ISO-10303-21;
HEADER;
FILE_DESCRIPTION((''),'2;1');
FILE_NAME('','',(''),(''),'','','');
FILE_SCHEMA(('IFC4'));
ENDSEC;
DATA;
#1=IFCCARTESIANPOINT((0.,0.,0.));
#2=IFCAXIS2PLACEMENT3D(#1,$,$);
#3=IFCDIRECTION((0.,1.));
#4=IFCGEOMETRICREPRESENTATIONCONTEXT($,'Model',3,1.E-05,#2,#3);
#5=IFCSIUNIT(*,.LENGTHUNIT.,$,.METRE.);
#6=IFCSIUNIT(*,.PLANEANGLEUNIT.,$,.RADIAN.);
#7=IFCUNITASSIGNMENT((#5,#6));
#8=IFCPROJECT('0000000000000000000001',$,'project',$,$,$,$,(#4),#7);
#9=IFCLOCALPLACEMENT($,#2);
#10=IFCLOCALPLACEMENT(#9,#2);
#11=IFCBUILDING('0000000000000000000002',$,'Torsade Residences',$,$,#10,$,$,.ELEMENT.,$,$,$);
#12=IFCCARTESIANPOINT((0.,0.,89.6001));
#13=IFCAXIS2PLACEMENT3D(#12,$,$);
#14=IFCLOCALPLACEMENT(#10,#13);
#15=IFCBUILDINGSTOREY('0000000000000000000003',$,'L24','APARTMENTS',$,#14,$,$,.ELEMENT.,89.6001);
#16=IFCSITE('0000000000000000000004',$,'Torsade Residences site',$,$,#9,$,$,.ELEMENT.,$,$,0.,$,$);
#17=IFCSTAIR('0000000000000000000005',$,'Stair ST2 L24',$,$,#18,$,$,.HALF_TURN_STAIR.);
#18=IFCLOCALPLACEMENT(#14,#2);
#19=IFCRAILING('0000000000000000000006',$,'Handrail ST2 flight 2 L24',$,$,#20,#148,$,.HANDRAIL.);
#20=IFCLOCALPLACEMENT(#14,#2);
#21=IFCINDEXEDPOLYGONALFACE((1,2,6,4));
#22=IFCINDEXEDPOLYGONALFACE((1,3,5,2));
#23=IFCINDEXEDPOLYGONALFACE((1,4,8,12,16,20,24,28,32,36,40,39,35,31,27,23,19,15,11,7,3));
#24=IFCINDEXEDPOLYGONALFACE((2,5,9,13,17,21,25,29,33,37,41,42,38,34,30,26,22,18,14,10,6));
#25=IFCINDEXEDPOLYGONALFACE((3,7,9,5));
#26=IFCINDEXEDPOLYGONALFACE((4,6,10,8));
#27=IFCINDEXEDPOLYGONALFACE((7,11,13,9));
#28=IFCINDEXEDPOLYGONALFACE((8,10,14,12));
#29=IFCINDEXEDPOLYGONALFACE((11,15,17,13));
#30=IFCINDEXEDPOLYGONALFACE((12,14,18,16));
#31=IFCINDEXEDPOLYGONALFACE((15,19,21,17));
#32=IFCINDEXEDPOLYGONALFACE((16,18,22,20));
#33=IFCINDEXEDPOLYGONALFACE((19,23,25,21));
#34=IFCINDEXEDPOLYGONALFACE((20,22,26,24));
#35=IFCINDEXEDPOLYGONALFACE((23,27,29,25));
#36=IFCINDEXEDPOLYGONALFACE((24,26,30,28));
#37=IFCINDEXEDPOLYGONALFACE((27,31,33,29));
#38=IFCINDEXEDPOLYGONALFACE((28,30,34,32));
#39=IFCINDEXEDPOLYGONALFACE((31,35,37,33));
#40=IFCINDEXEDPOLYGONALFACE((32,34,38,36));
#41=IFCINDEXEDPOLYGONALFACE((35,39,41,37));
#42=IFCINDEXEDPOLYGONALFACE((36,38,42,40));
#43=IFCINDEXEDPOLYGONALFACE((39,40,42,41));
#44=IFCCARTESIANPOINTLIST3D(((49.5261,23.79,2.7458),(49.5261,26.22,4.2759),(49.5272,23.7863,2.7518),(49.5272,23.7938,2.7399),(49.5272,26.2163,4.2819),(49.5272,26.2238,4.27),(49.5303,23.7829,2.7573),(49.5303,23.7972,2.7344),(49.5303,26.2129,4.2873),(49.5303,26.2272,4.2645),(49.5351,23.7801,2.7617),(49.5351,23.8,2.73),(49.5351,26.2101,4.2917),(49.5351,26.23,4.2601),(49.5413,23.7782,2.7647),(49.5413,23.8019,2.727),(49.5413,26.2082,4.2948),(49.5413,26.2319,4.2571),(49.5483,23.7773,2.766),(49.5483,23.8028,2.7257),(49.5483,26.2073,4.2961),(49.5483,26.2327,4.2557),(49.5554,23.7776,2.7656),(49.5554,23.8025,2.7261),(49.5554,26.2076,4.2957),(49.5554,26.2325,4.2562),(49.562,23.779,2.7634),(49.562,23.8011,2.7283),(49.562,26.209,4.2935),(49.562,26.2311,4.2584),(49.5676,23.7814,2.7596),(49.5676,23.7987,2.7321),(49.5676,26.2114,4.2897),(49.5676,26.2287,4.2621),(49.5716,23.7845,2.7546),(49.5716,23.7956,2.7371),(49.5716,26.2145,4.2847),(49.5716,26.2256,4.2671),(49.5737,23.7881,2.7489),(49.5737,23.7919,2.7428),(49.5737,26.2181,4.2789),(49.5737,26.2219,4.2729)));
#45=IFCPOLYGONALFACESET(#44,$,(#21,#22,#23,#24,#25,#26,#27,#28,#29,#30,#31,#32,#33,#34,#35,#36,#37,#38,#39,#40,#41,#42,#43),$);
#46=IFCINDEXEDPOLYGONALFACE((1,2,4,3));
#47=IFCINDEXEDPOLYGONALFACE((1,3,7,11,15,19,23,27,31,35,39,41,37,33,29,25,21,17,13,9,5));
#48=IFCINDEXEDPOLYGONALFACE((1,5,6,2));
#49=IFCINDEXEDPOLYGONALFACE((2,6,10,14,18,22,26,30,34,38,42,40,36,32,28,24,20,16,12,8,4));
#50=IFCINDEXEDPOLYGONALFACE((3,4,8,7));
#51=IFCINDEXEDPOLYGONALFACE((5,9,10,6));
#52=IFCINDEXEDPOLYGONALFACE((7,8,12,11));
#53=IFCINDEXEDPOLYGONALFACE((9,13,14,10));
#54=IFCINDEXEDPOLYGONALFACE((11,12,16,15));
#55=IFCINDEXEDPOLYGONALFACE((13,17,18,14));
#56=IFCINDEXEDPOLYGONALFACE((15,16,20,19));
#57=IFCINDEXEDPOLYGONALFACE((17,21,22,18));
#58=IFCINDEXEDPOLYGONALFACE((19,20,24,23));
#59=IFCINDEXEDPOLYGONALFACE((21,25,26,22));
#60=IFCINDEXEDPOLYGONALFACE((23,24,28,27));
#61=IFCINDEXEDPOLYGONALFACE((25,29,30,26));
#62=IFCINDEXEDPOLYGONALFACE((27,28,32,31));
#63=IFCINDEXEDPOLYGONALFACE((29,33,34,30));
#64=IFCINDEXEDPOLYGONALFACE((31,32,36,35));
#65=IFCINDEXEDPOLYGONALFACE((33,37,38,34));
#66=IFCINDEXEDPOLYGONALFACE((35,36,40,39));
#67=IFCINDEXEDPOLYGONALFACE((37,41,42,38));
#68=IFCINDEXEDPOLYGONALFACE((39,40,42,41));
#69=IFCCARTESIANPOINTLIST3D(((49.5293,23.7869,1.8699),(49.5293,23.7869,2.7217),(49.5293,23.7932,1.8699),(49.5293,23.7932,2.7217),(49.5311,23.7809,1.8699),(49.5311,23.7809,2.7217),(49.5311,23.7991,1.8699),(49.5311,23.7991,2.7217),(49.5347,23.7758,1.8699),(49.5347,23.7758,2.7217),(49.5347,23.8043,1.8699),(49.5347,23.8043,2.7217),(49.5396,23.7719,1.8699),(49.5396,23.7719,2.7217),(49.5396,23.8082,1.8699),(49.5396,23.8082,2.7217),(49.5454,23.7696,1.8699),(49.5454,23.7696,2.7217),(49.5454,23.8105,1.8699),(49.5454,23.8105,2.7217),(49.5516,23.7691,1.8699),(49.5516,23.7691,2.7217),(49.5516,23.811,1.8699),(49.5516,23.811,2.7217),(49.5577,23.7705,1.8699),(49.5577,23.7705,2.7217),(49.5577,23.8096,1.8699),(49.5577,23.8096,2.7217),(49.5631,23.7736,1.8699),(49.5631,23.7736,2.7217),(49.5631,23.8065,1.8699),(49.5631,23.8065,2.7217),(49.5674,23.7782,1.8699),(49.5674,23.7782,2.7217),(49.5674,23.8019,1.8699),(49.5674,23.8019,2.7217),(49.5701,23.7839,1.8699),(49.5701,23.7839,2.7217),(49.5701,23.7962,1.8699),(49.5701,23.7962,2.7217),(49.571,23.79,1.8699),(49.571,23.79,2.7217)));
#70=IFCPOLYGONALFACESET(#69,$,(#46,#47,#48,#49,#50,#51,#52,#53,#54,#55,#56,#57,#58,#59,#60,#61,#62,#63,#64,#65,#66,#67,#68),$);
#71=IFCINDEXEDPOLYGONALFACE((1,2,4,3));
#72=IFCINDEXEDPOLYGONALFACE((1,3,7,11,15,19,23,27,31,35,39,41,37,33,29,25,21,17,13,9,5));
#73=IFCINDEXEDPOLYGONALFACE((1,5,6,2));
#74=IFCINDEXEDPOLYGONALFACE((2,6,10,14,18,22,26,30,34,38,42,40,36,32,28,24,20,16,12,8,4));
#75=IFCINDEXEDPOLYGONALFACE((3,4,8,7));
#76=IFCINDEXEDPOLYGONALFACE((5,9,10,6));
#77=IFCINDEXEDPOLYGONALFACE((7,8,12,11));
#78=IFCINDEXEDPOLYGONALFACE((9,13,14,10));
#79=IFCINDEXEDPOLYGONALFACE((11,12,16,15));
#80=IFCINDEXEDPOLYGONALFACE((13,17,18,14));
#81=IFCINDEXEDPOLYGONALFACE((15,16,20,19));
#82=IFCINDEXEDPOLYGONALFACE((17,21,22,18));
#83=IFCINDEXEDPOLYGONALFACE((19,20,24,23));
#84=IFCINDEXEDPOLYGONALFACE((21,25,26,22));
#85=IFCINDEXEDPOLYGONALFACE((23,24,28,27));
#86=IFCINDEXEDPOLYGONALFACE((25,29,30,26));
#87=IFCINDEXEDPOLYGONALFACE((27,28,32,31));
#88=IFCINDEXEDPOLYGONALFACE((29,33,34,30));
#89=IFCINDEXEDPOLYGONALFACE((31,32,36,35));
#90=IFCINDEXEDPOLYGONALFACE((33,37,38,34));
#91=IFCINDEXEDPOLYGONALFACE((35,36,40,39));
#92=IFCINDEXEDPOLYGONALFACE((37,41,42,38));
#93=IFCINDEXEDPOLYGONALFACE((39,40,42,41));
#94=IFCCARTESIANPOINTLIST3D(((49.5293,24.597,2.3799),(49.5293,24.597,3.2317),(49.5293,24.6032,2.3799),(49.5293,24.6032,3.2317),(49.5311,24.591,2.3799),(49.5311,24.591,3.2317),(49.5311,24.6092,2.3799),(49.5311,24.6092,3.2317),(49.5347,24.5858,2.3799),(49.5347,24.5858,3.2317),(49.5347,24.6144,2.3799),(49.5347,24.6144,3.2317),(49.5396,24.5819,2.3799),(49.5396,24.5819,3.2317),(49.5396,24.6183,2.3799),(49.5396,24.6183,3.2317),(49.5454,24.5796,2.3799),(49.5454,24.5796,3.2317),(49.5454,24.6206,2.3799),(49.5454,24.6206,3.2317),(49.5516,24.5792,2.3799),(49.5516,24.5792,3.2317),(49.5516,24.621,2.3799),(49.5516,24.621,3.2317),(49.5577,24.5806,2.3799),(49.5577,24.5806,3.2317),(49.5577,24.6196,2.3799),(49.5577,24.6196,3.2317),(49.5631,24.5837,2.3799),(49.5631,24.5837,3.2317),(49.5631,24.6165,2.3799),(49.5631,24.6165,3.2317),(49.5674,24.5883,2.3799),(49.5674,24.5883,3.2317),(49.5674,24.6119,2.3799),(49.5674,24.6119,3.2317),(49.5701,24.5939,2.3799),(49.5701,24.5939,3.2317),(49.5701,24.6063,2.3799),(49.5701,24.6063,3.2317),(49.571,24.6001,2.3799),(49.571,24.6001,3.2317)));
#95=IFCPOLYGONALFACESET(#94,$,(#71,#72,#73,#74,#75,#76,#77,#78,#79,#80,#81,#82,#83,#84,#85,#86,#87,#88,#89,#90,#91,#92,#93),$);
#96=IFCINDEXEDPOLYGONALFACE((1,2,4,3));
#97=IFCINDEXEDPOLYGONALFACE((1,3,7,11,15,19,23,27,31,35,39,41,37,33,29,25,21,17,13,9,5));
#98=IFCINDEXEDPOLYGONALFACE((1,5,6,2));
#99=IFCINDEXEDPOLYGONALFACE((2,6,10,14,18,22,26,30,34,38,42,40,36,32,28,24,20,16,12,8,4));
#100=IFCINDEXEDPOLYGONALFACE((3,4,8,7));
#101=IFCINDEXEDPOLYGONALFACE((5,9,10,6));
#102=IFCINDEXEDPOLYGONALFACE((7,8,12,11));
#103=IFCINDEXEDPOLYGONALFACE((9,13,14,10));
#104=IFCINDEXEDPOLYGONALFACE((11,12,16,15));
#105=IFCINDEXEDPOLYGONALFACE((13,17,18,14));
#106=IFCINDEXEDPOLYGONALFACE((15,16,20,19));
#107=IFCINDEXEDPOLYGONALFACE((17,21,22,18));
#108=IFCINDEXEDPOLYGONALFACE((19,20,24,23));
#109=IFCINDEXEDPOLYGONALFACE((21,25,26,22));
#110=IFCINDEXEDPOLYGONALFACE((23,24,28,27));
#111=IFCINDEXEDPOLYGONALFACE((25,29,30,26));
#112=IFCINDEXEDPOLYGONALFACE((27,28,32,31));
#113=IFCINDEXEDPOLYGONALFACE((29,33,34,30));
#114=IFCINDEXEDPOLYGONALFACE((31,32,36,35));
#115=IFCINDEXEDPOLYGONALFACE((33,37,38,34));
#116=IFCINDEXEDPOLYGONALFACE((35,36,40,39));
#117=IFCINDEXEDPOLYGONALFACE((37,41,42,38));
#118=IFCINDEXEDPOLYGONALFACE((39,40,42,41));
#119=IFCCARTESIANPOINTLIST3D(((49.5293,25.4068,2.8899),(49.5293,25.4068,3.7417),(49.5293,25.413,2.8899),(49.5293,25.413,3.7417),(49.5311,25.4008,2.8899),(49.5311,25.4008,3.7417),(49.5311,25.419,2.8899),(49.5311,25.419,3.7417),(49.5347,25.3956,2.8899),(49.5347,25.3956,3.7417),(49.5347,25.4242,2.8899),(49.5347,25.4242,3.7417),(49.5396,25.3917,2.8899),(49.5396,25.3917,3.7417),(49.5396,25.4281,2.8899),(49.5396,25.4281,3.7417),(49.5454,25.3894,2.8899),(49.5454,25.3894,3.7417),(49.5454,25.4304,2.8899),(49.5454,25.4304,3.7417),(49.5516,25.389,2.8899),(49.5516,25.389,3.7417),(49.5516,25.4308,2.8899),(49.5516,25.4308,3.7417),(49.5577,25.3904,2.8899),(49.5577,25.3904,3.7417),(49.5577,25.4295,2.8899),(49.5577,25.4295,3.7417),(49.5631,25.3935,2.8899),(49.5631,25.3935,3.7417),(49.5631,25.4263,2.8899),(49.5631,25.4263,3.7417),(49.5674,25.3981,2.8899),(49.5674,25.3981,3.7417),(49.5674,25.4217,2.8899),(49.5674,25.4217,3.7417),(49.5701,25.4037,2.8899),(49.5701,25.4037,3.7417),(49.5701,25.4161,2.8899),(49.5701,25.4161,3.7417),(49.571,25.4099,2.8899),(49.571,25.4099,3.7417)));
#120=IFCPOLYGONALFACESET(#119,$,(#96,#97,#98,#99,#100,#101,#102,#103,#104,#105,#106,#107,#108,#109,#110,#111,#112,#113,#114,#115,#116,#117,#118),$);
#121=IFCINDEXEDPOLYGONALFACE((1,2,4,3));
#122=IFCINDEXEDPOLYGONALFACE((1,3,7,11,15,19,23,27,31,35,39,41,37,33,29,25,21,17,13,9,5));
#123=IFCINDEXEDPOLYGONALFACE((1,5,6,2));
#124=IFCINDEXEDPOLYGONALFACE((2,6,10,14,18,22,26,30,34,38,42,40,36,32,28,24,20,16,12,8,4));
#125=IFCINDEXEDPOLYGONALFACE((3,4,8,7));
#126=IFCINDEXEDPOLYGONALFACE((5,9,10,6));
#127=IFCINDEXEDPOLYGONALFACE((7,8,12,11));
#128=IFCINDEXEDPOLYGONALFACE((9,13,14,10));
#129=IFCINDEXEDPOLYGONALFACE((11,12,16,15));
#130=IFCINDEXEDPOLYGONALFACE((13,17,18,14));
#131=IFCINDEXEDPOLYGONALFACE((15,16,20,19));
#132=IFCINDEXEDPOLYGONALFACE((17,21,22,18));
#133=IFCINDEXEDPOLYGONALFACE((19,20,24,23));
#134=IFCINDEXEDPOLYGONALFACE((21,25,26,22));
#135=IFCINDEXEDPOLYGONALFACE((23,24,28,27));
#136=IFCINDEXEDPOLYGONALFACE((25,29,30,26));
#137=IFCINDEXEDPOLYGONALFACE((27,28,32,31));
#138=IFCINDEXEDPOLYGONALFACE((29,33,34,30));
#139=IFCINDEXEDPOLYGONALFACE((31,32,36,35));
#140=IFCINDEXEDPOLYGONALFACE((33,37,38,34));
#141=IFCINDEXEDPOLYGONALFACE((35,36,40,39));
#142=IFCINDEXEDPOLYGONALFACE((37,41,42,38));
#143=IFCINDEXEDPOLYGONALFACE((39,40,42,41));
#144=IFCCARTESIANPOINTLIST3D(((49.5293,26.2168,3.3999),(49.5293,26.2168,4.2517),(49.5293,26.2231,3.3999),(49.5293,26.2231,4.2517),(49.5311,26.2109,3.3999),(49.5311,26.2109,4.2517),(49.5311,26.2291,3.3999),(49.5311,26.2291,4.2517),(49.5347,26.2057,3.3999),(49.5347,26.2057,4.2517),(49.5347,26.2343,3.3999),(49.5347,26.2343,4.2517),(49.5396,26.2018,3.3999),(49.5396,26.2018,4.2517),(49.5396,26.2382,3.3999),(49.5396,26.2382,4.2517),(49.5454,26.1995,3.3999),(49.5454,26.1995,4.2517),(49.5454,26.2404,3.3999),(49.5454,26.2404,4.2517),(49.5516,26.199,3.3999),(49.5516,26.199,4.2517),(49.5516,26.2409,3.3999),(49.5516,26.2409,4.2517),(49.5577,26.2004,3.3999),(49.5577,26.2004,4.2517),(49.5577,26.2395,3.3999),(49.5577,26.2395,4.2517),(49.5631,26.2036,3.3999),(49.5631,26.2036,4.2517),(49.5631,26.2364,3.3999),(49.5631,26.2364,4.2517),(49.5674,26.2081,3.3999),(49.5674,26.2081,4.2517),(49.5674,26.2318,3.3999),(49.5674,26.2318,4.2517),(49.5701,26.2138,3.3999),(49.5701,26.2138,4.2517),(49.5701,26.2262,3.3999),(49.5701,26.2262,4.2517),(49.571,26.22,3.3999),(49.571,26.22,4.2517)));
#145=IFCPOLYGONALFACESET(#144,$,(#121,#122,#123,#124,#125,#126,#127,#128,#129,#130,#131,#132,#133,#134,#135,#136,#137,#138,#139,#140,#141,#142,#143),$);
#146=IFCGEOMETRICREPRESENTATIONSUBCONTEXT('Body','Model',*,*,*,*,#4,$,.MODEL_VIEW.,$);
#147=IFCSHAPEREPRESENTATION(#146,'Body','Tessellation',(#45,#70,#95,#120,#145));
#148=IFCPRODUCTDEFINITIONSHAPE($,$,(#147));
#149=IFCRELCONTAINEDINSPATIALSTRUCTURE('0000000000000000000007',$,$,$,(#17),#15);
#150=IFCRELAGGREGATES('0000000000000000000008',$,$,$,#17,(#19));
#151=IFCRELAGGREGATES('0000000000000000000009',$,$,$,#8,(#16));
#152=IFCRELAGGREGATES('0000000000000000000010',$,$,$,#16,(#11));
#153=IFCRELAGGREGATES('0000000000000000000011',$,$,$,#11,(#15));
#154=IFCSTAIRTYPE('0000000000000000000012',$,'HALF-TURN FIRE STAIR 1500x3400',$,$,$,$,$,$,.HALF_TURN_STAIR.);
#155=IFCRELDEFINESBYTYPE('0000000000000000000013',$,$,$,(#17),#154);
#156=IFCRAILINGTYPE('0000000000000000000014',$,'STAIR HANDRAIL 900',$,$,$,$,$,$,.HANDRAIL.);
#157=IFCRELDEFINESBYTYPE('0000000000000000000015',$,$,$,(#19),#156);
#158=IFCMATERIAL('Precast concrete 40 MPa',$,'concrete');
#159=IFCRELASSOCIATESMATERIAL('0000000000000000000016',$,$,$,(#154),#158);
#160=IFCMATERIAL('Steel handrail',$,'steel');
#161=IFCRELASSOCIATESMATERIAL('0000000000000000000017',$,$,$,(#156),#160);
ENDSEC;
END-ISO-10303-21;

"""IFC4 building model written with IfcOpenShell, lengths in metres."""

from ifc_helpers import new_model, si_unit, direction, frame, origin, origin_2d, place, context, subcontext, project, spatial, circle, extrude, material, type_object, element, aggregate, save


model = new_model("IFC4")

# Units and contexts
model_context = context("Model", 3, precision=1e-05, world=origin(), true_north=direction((0.0, 1.0)))
body_context = subcontext(model_context, "Body", "Model", "MODEL_VIEW")
ifc_project = project(units=[si_unit("LENGTHUNIT", "METRE"), si_unit("PLANEANGLEUNIT", "RADIAN")], contexts=[model_context])

# Site, building, storey
site_placement = place(None, origin())
site = spatial("IfcSite", under=ifc_project, at=site_placement, Name="Torsade Residences site", CompositionType="ELEMENT", RefElevation=0.0)
building_placement = place(site_placement, origin())
building = spatial("IfcBuilding", under=site, at=building_placement, Name="Torsade Residences", CompositionType="ELEMENT")
storey_placement = place(building_placement, frame((0.0, 0.0, 89.6001)))
storey = spatial("IfcBuildingStorey", under=building, at=storey_placement, Name="L24", Description="APARTMENTS", CompositionType="ELEMENT", Elevation=89.6001)

# Stair, railing
ifc_material_1 = material(Name="Precast concrete 40 MPa", Category="concrete")
stair_type = type_object("IfcStairType", Name="HALF-TURN FIRE STAIR 1500x3400", PredefinedType="HALF_TURN_STAIR", material=ifc_material_1)
stair_placement = place(storey_placement, origin())
stair = element("IfcStair", 1, at=stair_placement, inside=storey, type_object=stair_type, Name="Stair ST2 L24", PredefinedType="HALF_TURN_STAIR")
ifc_material_2 = material(Name="Steel handrail", Category="steel")
railing_type = type_object("IfcRailingType", Name="STAIR HANDRAIL 900", PredefinedType="HANDRAIL", material=ifc_material_2)
railing_1_placement = place(storey_placement, frame((49.55, 23.79, 1.8699)))
railing_1 = element("IfcRailing", 2, at=railing_1_placement, type_object=railing_type, Name="Handrail ST2 flight 2 L24", PredefinedType="HANDRAIL", context=body_context, shape_type="SweptSolid", body=[
    extrude(circle(Radius=0.0239, at=origin_2d()), frame((0.0, 0.0, 0.876), z_axis=(0.0, 0.846221, 0.532831), x_axis=(-1.0, 0.0, 0.0)), (0.0, 0.0, 1.0), 2.8716),
    extrude(circle(Radius=0.021, at=origin_2d()), origin(), (0.0, 0.0, 1.0), 0.8518),
    extrude(circle(Radius=0.021, at=origin_2d()), frame((0.0, 0.8101, 0.51)), (0.0, 0.0, 1.0), 0.8518),
    extrude(circle(Radius=0.021, at=origin_2d()), frame((0.0, 1.6199, 1.02)), (0.0, 0.0, 1.0), 0.8518),
    extrude(circle(Radius=0.021, at=origin_2d()), frame((0.0, 2.4299, 1.53)), (0.0, 0.0, 1.0), 0.8518),
])
aggregate(stair, [railing_1])

save(model, "model.ifc")
